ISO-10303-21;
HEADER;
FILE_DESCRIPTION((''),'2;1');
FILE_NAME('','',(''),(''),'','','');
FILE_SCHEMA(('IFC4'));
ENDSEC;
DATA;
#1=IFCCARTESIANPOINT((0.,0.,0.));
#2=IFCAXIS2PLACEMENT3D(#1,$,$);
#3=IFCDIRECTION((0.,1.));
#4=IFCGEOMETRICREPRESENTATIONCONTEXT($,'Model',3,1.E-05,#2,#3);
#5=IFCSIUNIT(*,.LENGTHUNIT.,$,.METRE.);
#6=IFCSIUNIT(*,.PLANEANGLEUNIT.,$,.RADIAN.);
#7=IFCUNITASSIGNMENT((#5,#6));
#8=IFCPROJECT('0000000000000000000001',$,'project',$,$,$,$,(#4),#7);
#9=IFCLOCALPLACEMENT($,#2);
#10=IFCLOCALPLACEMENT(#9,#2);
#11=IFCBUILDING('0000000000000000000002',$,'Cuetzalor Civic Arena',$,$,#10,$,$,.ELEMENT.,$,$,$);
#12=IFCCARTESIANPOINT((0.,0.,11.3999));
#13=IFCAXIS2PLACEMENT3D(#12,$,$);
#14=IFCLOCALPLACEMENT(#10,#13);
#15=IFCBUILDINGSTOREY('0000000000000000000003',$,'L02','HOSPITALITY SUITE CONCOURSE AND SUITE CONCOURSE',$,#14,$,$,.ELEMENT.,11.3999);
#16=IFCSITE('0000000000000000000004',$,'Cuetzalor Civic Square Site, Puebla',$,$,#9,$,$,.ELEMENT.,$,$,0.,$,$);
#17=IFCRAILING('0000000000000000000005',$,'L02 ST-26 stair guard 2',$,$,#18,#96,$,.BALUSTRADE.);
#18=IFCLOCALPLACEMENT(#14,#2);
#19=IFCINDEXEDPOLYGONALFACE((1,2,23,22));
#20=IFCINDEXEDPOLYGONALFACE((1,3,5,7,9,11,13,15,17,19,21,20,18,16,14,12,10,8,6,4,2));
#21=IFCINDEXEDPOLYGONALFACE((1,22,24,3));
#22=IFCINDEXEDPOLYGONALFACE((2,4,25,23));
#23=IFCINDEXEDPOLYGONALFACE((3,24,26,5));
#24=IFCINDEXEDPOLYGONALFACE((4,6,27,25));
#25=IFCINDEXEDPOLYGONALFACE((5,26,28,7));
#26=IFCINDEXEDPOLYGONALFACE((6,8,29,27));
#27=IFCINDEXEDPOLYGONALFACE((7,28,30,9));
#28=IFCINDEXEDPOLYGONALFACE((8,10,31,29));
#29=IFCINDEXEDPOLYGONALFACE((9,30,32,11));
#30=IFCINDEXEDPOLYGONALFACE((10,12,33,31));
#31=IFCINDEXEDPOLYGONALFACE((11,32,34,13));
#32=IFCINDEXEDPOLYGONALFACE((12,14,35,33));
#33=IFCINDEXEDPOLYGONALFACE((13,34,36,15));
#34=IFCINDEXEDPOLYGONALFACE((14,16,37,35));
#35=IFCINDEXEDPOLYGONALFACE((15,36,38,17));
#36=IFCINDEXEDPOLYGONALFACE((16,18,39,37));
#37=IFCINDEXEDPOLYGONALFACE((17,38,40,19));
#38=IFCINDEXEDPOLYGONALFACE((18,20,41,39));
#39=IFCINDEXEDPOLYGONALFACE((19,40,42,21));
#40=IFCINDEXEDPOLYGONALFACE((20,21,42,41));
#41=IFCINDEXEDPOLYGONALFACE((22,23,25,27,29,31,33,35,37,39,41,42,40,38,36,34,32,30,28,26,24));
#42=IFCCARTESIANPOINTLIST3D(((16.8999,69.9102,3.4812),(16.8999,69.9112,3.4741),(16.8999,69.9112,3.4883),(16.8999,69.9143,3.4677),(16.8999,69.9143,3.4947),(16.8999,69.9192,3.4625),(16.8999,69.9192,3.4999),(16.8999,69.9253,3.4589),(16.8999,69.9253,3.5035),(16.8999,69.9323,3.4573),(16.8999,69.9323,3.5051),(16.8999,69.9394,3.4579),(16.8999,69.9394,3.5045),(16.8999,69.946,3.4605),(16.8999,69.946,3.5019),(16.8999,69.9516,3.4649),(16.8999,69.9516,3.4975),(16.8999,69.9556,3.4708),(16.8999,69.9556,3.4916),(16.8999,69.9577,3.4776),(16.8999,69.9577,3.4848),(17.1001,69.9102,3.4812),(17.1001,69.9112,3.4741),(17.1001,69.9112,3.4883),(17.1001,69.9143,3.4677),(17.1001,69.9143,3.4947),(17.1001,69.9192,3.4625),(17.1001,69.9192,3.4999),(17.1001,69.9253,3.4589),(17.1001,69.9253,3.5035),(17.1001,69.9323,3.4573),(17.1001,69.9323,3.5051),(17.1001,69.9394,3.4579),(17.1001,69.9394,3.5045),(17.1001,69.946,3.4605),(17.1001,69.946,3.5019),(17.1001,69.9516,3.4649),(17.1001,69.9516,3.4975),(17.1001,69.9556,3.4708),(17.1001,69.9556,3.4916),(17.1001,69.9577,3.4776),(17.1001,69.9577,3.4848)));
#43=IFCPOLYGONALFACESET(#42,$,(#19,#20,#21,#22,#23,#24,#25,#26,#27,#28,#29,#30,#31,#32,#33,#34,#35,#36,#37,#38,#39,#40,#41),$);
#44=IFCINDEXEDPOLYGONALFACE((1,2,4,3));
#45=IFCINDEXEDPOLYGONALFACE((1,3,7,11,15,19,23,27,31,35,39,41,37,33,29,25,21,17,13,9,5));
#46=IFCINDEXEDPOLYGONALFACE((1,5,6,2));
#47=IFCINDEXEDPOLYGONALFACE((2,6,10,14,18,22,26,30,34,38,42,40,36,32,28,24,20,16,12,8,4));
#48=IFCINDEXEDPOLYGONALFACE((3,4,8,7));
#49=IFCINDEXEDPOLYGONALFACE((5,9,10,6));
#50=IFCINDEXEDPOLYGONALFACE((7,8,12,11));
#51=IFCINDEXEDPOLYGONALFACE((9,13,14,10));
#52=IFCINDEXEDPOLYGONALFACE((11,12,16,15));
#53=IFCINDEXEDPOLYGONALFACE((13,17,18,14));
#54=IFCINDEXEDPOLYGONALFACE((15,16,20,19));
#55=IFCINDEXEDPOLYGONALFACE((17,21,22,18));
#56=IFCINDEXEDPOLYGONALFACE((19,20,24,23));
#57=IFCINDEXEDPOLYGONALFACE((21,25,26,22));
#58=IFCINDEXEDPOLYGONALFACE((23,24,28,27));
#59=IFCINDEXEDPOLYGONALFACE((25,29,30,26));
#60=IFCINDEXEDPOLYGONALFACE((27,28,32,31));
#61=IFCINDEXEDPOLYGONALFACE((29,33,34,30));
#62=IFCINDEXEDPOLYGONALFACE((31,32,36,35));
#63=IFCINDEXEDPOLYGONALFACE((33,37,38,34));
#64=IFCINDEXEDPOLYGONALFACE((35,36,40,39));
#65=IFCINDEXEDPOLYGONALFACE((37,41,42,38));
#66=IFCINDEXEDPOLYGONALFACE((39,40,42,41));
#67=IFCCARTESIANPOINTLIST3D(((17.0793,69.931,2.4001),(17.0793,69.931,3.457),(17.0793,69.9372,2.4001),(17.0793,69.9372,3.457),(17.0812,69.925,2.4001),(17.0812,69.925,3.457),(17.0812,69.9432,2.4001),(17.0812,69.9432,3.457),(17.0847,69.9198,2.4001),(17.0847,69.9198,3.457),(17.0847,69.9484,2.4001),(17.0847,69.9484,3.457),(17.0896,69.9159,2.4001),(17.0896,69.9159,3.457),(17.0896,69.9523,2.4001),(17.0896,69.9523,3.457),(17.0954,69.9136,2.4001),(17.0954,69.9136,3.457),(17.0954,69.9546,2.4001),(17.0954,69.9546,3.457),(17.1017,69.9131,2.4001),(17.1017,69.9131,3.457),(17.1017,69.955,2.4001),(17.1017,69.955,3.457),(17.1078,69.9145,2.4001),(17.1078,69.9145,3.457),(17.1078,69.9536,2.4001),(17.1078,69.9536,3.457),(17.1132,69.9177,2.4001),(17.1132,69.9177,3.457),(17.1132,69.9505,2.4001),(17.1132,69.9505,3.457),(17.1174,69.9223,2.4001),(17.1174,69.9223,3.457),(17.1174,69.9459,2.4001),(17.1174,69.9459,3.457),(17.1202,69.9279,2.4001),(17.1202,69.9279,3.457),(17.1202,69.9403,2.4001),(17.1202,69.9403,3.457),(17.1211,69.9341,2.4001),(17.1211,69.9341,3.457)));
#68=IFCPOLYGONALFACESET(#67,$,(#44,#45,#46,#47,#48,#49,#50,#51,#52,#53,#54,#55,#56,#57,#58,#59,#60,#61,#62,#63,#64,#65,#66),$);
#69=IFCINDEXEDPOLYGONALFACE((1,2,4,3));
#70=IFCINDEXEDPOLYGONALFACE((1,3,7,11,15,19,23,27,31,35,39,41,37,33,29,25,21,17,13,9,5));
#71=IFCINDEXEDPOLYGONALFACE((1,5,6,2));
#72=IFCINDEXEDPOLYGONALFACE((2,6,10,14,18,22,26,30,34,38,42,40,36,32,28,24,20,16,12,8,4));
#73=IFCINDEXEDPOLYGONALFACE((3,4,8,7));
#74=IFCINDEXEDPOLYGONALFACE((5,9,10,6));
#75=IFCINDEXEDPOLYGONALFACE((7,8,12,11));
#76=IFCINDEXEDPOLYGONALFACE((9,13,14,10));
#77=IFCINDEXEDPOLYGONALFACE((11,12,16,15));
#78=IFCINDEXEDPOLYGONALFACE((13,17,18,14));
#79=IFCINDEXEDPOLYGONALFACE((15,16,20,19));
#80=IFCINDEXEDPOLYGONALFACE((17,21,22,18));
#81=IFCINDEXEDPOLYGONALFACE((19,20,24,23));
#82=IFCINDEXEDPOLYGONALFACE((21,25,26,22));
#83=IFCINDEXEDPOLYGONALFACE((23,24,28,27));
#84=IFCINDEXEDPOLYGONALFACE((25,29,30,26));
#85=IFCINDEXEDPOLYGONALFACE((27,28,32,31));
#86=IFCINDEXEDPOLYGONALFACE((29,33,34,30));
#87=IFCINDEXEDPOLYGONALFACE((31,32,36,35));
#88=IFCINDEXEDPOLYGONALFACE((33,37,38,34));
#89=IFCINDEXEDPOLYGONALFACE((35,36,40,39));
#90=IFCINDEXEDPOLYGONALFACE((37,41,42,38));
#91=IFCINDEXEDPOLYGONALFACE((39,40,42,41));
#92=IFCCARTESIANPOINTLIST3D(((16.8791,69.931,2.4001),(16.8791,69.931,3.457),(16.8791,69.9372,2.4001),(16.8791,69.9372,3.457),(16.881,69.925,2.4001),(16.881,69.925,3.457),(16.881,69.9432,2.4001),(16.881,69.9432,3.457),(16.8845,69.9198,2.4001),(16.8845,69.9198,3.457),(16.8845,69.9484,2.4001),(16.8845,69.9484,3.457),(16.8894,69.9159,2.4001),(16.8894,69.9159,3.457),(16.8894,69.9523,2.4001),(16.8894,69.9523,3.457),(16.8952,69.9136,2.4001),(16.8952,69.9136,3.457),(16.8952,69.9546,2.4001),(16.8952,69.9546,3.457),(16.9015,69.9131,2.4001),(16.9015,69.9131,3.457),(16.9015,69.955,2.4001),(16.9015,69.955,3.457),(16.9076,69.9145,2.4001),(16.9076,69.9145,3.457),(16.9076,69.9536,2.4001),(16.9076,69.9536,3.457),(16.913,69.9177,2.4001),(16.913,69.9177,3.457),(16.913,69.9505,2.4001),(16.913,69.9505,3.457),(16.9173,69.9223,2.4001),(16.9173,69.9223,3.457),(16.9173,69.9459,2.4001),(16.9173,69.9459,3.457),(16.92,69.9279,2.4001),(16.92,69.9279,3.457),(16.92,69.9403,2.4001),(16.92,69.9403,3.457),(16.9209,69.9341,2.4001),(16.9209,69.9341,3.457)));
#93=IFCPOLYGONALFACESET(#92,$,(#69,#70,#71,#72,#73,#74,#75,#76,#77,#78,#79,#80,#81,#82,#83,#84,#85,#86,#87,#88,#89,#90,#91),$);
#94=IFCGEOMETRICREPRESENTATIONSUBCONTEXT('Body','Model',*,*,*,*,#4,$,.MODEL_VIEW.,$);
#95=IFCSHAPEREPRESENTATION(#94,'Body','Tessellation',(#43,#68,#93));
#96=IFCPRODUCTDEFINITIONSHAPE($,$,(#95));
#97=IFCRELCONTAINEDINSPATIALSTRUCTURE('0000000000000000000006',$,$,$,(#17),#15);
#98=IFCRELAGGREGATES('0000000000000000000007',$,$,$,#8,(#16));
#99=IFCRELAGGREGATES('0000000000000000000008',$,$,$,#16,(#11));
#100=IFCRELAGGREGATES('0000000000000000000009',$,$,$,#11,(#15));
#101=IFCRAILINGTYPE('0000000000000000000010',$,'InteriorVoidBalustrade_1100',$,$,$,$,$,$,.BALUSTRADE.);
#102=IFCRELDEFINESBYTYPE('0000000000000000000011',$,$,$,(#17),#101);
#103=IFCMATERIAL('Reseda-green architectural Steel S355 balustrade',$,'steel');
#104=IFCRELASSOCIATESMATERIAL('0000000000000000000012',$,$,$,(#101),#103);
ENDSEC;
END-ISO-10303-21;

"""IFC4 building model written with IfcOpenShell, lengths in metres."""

from ifc_helpers import new_model, si_unit, direction, frame, origin, origin_2d, place, context, subcontext, project, spatial, circle, extrude, material, type_object, element, save


model = new_model("IFC4")

# Units and contexts
model_context = context("Model", 3, precision=1e-05, world=origin(), true_north=direction((0.0, 1.0)))
body_context = subcontext(model_context, "Body", "Model", "MODEL_VIEW")
ifc_project = project(units=[si_unit("LENGTHUNIT", "METRE"), si_unit("PLANEANGLEUNIT", "RADIAN")], contexts=[model_context])

# Site, building, storey
site_placement = place(None, origin())
site = spatial("IfcSite", under=ifc_project, at=site_placement, Name="Cuetzalor Civic Square Site, Puebla", CompositionType="ELEMENT", RefElevation=0.0)
building_placement = place(site_placement, origin())
building = spatial("IfcBuilding", under=site, at=building_placement, Name="Cuetzalor Civic Arena", CompositionType="ELEMENT")
storey_placement = place(building_placement, frame((0.0, 0.0, 11.3999)))
storey = spatial("IfcBuildingStorey", under=building, at=storey_placement, Name="L02", Description="HOSPITALITY SUITE CONCOURSE AND SUITE CONCOURSE", CompositionType="ELEMENT", Elevation=11.3999)

# Railing
ifc_material_1 = material(Name="Reseda-green architectural Steel S355 balustrade", Category="steel")
railing_type_1 = type_object("IfcRailingType", Name="InteriorVoidBalustrade_1100", PredefinedType="BALUSTRADE", material=ifc_material_1)
railing_1_placement = place(storey_placement, frame((17.1001, 69.9341, 2.4001)))
element("IfcRailing", 1, at=railing_1_placement, inside=storey, type_object=railing_type_1, Name="L02 ST-26 stair guard 2", PredefinedType="BALUSTRADE", context=body_context, shape_type="SweptSolid", body=[
    extrude(circle(Radius=0.0239, at=origin_2d()), frame((0.0, 0.0, 1.0811), z_axis=(-1.0, 0.0, 0.0), x_axis=(0.0, -1.0, 0.0)), (0.0, 0.0, 1.0), 0.2002),
    extrude(circle(Radius=0.021, at=origin_2d()), origin(), (0.0, 0.0, 1.0), 1.0569),
    extrude(circle(Radius=0.021, at=origin_2d()), frame((-0.2002, 0.0, 0.0)), (0.0, 0.0, 1.0), 1.0569),
])

save(model, "model.ifc")
